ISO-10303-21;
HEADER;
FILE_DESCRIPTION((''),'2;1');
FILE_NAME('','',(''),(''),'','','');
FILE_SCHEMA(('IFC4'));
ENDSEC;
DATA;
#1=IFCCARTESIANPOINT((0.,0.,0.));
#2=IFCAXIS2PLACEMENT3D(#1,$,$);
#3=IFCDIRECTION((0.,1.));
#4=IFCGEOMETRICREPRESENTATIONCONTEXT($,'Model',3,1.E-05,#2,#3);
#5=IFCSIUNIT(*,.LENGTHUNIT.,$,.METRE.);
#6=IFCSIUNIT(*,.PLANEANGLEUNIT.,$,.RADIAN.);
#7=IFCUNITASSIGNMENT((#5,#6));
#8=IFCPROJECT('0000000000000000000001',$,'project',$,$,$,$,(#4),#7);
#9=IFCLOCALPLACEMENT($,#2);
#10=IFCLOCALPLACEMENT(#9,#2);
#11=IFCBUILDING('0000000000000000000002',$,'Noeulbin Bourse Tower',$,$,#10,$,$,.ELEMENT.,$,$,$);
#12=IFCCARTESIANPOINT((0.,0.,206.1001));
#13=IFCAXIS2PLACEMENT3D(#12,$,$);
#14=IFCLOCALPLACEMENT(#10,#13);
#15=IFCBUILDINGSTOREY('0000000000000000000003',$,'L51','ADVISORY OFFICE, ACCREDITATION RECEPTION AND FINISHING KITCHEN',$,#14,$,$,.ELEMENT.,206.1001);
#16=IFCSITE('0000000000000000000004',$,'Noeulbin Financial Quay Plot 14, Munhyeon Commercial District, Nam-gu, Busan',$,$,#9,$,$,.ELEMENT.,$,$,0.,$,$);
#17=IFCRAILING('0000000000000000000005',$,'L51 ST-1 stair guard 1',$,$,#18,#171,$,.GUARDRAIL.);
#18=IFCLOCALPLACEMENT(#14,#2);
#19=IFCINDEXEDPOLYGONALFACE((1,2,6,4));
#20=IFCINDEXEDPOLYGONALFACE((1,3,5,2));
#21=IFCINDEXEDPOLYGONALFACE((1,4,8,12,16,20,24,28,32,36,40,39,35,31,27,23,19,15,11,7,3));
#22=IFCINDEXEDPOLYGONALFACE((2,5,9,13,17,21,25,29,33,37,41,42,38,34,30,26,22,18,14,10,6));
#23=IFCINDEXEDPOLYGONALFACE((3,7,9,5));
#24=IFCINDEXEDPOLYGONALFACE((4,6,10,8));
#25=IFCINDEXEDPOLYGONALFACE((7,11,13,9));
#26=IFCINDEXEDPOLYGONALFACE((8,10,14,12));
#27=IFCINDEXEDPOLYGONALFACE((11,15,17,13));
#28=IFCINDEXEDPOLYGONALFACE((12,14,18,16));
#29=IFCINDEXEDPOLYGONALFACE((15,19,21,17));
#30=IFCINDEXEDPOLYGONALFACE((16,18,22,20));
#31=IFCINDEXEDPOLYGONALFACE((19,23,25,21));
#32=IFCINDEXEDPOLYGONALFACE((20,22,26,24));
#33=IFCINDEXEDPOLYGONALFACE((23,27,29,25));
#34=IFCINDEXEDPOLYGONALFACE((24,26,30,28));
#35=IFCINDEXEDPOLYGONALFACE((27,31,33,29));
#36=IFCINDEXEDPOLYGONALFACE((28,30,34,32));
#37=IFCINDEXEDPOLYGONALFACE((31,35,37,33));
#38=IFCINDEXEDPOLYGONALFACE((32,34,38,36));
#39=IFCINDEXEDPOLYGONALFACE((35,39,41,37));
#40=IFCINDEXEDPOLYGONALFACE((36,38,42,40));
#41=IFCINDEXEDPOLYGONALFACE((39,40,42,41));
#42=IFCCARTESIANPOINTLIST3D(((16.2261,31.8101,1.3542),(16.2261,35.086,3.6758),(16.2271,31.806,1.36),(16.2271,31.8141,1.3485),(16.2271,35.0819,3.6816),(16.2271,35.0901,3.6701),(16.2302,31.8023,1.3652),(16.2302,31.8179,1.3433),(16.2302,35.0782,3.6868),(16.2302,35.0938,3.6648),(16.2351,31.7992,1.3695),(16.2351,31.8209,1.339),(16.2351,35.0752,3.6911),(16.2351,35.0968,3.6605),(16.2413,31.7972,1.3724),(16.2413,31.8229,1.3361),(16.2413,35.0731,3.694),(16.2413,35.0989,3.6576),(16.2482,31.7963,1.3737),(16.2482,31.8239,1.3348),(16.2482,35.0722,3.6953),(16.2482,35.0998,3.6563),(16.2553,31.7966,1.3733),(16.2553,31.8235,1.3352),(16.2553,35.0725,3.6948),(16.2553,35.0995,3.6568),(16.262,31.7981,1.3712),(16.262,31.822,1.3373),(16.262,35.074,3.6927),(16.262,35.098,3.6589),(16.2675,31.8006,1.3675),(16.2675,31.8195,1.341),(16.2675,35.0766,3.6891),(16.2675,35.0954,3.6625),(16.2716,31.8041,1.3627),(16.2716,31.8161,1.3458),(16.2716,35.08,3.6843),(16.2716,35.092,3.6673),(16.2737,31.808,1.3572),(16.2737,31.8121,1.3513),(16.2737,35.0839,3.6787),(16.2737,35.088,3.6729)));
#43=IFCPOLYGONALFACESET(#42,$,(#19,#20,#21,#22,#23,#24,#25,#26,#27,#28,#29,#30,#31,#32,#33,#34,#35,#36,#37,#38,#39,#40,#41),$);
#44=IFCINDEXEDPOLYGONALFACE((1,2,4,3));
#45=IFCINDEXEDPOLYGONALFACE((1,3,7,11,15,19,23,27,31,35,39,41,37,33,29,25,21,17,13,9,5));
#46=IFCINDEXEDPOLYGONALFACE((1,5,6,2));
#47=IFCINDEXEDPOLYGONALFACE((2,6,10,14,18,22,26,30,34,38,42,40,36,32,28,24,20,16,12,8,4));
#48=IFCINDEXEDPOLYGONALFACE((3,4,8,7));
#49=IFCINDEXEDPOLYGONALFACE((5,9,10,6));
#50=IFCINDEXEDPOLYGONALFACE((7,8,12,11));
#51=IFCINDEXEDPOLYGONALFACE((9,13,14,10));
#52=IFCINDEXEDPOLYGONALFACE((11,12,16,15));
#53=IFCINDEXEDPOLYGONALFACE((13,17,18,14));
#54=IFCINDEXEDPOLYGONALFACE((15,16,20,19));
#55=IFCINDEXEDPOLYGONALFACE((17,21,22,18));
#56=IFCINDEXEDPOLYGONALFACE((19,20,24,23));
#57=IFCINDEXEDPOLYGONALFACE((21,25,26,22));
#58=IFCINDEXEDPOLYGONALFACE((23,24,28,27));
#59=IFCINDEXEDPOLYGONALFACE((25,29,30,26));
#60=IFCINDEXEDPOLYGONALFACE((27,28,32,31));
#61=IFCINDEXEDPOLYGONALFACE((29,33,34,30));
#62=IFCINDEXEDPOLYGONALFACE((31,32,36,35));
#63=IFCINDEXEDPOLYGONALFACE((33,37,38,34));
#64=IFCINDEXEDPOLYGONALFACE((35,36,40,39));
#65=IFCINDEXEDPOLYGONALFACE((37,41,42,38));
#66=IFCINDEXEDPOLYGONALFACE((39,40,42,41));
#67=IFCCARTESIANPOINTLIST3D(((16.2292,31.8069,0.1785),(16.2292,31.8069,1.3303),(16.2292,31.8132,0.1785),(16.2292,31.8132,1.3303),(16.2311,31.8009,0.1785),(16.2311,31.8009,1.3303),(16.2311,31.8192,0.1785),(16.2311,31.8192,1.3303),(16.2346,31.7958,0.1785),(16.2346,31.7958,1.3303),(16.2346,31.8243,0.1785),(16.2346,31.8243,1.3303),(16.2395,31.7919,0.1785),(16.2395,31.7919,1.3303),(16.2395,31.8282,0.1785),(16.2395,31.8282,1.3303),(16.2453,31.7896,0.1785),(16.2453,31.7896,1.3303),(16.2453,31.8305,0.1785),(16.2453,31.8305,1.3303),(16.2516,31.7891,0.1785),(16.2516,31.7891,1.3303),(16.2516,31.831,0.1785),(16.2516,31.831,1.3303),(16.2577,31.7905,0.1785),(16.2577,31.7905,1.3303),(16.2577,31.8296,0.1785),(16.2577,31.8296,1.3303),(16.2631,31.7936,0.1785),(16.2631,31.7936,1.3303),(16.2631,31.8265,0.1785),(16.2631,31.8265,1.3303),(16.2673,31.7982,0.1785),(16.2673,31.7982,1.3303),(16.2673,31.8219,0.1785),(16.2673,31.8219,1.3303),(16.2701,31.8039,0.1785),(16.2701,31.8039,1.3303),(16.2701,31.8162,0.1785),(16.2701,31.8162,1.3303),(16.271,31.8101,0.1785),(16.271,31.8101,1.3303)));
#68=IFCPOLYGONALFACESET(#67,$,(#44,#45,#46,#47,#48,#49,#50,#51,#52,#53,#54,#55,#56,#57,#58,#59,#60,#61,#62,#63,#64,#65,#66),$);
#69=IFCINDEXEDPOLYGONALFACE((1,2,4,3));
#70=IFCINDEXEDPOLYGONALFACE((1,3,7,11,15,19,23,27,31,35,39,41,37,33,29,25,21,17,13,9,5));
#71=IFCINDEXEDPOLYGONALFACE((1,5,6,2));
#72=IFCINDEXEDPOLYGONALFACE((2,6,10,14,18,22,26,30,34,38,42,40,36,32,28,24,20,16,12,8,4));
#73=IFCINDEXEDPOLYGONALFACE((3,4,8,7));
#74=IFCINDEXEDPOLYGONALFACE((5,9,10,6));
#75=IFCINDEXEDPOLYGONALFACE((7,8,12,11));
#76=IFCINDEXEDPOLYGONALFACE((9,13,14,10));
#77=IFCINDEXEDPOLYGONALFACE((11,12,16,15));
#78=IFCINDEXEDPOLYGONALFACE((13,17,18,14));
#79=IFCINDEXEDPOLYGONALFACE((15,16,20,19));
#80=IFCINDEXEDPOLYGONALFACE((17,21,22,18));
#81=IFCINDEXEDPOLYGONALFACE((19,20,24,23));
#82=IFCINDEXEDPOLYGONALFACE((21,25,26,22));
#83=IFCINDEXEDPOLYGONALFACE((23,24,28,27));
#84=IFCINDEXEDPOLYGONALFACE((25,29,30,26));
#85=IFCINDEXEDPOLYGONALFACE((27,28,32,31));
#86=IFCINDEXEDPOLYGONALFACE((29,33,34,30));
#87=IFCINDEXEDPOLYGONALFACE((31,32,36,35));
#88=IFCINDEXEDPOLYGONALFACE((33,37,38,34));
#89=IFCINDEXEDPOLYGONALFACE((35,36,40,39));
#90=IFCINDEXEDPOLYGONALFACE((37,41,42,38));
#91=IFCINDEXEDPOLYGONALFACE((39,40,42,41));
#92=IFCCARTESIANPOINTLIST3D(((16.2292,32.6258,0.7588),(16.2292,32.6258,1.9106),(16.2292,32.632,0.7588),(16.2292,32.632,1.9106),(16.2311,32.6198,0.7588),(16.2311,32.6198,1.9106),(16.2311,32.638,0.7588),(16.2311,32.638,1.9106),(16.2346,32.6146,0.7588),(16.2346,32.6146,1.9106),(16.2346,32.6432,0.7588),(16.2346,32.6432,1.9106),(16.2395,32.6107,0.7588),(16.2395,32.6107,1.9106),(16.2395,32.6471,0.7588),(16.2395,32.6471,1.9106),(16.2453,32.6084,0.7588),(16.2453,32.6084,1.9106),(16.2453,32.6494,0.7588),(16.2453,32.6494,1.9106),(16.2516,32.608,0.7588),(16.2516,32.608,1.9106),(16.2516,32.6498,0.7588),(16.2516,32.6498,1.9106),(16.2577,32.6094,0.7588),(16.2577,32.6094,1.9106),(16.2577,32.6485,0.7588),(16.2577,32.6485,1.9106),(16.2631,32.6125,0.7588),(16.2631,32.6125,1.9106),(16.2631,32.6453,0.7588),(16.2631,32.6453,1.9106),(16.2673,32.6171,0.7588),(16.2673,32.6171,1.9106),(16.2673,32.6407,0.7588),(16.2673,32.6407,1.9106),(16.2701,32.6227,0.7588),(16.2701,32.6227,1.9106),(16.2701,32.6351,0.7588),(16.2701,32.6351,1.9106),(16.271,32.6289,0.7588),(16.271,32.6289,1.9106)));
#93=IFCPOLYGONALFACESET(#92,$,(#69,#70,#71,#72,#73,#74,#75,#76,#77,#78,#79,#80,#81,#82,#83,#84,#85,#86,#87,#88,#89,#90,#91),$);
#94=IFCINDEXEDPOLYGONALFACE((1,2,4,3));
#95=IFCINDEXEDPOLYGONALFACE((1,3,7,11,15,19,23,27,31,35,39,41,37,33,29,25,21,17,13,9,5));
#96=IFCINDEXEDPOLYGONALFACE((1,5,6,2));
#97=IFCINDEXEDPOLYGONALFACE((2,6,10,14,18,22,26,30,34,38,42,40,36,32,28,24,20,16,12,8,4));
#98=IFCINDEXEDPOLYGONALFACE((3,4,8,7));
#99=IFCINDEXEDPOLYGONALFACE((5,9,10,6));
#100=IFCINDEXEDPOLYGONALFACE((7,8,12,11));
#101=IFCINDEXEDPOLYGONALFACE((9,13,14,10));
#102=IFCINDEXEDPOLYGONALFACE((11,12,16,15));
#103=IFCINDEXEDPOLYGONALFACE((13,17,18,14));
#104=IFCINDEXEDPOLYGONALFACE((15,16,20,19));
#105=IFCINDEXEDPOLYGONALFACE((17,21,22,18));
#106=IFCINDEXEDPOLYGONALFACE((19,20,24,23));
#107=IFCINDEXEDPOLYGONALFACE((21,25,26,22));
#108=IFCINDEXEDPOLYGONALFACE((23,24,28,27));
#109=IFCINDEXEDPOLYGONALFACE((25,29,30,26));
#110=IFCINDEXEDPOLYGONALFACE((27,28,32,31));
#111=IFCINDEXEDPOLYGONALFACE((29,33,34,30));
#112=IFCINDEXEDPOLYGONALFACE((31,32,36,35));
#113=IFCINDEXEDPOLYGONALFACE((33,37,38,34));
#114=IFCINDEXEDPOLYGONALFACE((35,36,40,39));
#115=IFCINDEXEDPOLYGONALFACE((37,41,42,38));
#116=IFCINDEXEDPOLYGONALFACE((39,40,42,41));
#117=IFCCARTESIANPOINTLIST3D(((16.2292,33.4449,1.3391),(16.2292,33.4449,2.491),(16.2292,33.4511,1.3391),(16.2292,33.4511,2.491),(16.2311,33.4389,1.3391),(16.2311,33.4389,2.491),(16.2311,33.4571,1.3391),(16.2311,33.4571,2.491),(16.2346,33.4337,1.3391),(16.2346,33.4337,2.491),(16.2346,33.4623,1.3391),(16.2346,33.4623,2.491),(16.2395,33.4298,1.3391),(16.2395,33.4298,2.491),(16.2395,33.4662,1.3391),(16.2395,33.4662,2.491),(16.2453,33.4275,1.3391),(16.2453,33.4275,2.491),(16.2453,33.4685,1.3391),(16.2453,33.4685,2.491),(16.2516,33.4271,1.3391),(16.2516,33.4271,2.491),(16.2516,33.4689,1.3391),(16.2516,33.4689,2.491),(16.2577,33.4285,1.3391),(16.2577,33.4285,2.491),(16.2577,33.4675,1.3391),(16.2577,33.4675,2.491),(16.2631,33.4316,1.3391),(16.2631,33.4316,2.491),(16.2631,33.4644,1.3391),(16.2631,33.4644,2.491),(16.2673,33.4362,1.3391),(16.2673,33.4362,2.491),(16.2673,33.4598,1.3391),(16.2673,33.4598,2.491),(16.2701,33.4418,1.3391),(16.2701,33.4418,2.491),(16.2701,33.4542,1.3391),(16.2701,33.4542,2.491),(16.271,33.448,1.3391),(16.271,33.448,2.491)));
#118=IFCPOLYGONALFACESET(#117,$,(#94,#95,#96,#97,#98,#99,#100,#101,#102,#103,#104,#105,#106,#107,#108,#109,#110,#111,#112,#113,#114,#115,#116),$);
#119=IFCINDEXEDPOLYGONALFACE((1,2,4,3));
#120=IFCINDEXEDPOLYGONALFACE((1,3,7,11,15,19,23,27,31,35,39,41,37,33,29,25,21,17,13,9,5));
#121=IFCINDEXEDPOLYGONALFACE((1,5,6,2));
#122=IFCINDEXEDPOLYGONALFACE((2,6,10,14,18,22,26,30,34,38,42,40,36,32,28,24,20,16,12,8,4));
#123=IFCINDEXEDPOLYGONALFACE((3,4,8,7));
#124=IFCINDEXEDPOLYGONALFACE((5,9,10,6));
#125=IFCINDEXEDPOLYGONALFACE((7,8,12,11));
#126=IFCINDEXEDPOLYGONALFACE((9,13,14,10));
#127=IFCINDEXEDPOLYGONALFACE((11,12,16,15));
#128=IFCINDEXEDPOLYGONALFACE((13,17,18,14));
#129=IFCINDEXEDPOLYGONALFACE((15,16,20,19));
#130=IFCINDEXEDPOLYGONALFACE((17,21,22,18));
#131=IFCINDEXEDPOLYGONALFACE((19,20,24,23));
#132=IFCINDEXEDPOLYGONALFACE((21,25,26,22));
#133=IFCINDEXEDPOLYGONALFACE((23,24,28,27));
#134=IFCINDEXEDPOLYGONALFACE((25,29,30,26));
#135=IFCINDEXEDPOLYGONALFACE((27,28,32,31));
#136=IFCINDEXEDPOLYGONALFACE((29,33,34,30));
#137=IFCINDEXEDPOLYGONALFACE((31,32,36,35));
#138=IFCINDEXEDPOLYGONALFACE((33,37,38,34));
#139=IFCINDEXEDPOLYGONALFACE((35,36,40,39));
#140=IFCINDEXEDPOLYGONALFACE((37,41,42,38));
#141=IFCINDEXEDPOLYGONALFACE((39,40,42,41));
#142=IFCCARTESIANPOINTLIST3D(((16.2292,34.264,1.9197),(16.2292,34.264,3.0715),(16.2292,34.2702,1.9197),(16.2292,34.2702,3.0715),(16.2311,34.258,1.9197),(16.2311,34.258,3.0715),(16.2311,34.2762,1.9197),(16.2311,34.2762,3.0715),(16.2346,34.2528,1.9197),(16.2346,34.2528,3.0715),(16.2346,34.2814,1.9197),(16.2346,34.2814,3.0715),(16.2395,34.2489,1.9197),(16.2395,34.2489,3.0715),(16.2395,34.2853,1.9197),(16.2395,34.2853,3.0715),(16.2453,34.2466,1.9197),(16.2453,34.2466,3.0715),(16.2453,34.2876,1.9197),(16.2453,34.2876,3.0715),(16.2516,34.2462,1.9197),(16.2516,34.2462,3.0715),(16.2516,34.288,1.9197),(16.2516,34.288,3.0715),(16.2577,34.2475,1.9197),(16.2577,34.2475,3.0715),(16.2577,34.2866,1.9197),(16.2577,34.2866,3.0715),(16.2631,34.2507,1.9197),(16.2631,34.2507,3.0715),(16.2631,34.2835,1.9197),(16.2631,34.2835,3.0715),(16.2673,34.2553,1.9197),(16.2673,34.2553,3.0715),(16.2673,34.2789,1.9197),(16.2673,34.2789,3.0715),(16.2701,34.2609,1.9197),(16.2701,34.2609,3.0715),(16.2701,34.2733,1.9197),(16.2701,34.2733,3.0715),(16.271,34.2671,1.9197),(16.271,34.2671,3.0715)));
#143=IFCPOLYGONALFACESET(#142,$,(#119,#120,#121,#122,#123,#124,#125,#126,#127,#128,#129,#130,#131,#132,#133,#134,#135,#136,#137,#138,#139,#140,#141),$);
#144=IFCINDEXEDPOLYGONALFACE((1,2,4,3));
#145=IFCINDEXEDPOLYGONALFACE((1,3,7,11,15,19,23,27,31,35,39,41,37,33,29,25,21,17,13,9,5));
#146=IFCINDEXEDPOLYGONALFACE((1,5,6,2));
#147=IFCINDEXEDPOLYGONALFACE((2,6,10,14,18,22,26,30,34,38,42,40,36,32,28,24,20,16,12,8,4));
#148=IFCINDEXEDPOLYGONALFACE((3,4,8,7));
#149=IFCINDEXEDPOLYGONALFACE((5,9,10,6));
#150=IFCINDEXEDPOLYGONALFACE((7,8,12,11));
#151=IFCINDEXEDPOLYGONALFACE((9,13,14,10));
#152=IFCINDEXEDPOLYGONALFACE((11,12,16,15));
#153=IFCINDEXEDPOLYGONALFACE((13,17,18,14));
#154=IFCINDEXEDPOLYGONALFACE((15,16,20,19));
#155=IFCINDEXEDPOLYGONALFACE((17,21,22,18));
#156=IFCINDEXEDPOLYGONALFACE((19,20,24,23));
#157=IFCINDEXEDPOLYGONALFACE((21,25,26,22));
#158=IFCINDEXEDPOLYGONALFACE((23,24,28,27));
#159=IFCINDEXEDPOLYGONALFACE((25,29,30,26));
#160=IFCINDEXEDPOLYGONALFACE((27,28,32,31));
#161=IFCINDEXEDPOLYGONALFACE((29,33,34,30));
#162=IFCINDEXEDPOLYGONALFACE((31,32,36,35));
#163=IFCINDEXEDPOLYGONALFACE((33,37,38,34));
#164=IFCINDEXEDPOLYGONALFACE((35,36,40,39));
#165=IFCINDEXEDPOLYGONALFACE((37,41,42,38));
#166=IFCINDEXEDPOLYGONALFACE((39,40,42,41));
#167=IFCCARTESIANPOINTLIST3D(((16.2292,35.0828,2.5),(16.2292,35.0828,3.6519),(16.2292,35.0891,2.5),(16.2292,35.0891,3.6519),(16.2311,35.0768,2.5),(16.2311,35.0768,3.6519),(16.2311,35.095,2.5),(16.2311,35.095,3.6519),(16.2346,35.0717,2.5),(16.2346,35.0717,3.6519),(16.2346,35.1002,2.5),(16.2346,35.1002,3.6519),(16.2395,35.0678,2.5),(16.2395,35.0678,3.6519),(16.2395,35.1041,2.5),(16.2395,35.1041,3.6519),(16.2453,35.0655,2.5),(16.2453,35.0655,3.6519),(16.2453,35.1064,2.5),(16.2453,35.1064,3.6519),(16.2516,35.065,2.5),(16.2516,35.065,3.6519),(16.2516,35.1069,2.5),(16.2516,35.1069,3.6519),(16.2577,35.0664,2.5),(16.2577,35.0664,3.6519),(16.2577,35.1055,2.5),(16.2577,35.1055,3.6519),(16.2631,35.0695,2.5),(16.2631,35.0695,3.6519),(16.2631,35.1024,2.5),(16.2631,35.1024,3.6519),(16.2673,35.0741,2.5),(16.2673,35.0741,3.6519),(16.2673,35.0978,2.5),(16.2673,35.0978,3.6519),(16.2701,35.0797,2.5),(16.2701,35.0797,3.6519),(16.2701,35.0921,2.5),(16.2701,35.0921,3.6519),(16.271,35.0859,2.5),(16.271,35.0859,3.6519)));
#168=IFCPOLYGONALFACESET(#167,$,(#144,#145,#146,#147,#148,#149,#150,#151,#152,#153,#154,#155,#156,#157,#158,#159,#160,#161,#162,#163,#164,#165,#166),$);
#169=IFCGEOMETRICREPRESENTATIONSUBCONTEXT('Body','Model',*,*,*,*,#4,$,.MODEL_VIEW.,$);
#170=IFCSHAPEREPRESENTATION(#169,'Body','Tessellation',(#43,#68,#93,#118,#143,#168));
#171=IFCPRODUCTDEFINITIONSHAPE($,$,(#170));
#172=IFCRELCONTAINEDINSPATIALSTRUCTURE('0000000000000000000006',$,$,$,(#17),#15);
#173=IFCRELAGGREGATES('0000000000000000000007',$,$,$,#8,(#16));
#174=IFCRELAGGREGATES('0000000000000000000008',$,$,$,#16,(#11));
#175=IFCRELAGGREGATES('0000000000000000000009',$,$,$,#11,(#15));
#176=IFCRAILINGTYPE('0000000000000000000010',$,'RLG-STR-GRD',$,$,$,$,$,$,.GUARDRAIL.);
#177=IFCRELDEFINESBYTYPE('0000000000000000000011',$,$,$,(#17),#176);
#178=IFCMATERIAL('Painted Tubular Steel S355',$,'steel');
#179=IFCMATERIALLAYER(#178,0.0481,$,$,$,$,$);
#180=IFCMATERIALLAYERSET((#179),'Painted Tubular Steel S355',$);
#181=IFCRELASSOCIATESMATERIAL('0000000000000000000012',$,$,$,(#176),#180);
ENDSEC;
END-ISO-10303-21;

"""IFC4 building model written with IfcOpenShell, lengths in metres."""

from ifc_helpers import new_model, si_unit, direction, frame, origin, origin_2d, place, context, subcontext, project, spatial, circle, extrude, material, layer, layer_set, type_object, element, save


model = new_model("IFC4")

# Units and contexts
model_context = context("Model", 3, precision=1e-05, world=origin(), true_north=direction((0.0, 1.0)))
body_context = subcontext(model_context, "Body", "Model", "MODEL_VIEW")
ifc_project = project(units=[si_unit("LENGTHUNIT", "METRE"), si_unit("PLANEANGLEUNIT", "RADIAN")], contexts=[model_context])

# Site, building, storey
site_placement = place(None, origin())
site = spatial("IfcSite", under=ifc_project, at=site_placement, Name="Noeulbin Financial Quay Plot 14, Munhyeon Commercial District, Nam-gu, Busan", CompositionType="ELEMENT", RefElevation=0.0)
building_placement = place(site_placement, origin())
building = spatial("IfcBuilding", under=site, at=building_placement, Name="Noeulbin Bourse Tower", CompositionType="ELEMENT")
storey_placement = place(building_placement, frame((0.0, 0.0, 206.1001)))
storey = spatial("IfcBuildingStorey", under=building, at=storey_placement, Name="L51", Description="ADVISORY OFFICE, ACCREDITATION RECEPTION AND FINISHING KITCHEN", CompositionType="ELEMENT", Elevation=206.1001)

# Railing
ifc_material_1 = material(Name="Painted Tubular Steel S355", Category="steel")
ifc_layer_1 = layer(ifc_material_1, 0.0481)
ifc_layer_set_1 = layer_set([ifc_layer_1], Name="Painted Tubular Steel S355")
railing_type_1 = type_object("IfcRailingType", Name="RLG-STR-GRD", PredefinedType="GUARDRAIL", material=ifc_layer_set_1)
railing_1_placement = place(storey_placement, frame((16.25, 31.8101, 0.1785)))
element("IfcRailing", 1, at=railing_1_placement, inside=storey, type_object=railing_type_1, Name="L51 ST-1 stair guard 1", PredefinedType="GUARDRAIL", context=body_context, shape_type="SweptSolid", body=[
    extrude(circle(Radius=0.0239, at=origin_2d()), frame((0.0, 0.0, 1.1758), z_axis=(0.0, 0.815893, 0.578203), x_axis=(-1.0, 0.0, 0.0)), (0.0, 0.0, 1.0), 4.0151),
    extrude(circle(Radius=0.021, at=origin_2d()), origin(), (0.0, 0.0, 1.0), 1.1519),
    extrude(circle(Radius=0.021, at=origin_2d()), frame((0.0, 0.8188, 0.5803)), (0.0, 0.0, 1.0), 1.1519),
    extrude(circle(Radius=0.021, at=origin_2d()), frame((0.0, 1.6379, 1.1606)), (0.0, 0.0, 1.0), 1.1519),
    extrude(circle(Radius=0.021, at=origin_2d()), frame((0.0, 2.457, 1.7412)), (0.0, 0.0, 1.0), 1.1519),
    extrude(circle(Radius=0.021, at=origin_2d()), frame((0.0, 3.2759, 2.3215)), (0.0, 0.0, 1.0), 1.1519),
])

save(model, "model.ifc")
